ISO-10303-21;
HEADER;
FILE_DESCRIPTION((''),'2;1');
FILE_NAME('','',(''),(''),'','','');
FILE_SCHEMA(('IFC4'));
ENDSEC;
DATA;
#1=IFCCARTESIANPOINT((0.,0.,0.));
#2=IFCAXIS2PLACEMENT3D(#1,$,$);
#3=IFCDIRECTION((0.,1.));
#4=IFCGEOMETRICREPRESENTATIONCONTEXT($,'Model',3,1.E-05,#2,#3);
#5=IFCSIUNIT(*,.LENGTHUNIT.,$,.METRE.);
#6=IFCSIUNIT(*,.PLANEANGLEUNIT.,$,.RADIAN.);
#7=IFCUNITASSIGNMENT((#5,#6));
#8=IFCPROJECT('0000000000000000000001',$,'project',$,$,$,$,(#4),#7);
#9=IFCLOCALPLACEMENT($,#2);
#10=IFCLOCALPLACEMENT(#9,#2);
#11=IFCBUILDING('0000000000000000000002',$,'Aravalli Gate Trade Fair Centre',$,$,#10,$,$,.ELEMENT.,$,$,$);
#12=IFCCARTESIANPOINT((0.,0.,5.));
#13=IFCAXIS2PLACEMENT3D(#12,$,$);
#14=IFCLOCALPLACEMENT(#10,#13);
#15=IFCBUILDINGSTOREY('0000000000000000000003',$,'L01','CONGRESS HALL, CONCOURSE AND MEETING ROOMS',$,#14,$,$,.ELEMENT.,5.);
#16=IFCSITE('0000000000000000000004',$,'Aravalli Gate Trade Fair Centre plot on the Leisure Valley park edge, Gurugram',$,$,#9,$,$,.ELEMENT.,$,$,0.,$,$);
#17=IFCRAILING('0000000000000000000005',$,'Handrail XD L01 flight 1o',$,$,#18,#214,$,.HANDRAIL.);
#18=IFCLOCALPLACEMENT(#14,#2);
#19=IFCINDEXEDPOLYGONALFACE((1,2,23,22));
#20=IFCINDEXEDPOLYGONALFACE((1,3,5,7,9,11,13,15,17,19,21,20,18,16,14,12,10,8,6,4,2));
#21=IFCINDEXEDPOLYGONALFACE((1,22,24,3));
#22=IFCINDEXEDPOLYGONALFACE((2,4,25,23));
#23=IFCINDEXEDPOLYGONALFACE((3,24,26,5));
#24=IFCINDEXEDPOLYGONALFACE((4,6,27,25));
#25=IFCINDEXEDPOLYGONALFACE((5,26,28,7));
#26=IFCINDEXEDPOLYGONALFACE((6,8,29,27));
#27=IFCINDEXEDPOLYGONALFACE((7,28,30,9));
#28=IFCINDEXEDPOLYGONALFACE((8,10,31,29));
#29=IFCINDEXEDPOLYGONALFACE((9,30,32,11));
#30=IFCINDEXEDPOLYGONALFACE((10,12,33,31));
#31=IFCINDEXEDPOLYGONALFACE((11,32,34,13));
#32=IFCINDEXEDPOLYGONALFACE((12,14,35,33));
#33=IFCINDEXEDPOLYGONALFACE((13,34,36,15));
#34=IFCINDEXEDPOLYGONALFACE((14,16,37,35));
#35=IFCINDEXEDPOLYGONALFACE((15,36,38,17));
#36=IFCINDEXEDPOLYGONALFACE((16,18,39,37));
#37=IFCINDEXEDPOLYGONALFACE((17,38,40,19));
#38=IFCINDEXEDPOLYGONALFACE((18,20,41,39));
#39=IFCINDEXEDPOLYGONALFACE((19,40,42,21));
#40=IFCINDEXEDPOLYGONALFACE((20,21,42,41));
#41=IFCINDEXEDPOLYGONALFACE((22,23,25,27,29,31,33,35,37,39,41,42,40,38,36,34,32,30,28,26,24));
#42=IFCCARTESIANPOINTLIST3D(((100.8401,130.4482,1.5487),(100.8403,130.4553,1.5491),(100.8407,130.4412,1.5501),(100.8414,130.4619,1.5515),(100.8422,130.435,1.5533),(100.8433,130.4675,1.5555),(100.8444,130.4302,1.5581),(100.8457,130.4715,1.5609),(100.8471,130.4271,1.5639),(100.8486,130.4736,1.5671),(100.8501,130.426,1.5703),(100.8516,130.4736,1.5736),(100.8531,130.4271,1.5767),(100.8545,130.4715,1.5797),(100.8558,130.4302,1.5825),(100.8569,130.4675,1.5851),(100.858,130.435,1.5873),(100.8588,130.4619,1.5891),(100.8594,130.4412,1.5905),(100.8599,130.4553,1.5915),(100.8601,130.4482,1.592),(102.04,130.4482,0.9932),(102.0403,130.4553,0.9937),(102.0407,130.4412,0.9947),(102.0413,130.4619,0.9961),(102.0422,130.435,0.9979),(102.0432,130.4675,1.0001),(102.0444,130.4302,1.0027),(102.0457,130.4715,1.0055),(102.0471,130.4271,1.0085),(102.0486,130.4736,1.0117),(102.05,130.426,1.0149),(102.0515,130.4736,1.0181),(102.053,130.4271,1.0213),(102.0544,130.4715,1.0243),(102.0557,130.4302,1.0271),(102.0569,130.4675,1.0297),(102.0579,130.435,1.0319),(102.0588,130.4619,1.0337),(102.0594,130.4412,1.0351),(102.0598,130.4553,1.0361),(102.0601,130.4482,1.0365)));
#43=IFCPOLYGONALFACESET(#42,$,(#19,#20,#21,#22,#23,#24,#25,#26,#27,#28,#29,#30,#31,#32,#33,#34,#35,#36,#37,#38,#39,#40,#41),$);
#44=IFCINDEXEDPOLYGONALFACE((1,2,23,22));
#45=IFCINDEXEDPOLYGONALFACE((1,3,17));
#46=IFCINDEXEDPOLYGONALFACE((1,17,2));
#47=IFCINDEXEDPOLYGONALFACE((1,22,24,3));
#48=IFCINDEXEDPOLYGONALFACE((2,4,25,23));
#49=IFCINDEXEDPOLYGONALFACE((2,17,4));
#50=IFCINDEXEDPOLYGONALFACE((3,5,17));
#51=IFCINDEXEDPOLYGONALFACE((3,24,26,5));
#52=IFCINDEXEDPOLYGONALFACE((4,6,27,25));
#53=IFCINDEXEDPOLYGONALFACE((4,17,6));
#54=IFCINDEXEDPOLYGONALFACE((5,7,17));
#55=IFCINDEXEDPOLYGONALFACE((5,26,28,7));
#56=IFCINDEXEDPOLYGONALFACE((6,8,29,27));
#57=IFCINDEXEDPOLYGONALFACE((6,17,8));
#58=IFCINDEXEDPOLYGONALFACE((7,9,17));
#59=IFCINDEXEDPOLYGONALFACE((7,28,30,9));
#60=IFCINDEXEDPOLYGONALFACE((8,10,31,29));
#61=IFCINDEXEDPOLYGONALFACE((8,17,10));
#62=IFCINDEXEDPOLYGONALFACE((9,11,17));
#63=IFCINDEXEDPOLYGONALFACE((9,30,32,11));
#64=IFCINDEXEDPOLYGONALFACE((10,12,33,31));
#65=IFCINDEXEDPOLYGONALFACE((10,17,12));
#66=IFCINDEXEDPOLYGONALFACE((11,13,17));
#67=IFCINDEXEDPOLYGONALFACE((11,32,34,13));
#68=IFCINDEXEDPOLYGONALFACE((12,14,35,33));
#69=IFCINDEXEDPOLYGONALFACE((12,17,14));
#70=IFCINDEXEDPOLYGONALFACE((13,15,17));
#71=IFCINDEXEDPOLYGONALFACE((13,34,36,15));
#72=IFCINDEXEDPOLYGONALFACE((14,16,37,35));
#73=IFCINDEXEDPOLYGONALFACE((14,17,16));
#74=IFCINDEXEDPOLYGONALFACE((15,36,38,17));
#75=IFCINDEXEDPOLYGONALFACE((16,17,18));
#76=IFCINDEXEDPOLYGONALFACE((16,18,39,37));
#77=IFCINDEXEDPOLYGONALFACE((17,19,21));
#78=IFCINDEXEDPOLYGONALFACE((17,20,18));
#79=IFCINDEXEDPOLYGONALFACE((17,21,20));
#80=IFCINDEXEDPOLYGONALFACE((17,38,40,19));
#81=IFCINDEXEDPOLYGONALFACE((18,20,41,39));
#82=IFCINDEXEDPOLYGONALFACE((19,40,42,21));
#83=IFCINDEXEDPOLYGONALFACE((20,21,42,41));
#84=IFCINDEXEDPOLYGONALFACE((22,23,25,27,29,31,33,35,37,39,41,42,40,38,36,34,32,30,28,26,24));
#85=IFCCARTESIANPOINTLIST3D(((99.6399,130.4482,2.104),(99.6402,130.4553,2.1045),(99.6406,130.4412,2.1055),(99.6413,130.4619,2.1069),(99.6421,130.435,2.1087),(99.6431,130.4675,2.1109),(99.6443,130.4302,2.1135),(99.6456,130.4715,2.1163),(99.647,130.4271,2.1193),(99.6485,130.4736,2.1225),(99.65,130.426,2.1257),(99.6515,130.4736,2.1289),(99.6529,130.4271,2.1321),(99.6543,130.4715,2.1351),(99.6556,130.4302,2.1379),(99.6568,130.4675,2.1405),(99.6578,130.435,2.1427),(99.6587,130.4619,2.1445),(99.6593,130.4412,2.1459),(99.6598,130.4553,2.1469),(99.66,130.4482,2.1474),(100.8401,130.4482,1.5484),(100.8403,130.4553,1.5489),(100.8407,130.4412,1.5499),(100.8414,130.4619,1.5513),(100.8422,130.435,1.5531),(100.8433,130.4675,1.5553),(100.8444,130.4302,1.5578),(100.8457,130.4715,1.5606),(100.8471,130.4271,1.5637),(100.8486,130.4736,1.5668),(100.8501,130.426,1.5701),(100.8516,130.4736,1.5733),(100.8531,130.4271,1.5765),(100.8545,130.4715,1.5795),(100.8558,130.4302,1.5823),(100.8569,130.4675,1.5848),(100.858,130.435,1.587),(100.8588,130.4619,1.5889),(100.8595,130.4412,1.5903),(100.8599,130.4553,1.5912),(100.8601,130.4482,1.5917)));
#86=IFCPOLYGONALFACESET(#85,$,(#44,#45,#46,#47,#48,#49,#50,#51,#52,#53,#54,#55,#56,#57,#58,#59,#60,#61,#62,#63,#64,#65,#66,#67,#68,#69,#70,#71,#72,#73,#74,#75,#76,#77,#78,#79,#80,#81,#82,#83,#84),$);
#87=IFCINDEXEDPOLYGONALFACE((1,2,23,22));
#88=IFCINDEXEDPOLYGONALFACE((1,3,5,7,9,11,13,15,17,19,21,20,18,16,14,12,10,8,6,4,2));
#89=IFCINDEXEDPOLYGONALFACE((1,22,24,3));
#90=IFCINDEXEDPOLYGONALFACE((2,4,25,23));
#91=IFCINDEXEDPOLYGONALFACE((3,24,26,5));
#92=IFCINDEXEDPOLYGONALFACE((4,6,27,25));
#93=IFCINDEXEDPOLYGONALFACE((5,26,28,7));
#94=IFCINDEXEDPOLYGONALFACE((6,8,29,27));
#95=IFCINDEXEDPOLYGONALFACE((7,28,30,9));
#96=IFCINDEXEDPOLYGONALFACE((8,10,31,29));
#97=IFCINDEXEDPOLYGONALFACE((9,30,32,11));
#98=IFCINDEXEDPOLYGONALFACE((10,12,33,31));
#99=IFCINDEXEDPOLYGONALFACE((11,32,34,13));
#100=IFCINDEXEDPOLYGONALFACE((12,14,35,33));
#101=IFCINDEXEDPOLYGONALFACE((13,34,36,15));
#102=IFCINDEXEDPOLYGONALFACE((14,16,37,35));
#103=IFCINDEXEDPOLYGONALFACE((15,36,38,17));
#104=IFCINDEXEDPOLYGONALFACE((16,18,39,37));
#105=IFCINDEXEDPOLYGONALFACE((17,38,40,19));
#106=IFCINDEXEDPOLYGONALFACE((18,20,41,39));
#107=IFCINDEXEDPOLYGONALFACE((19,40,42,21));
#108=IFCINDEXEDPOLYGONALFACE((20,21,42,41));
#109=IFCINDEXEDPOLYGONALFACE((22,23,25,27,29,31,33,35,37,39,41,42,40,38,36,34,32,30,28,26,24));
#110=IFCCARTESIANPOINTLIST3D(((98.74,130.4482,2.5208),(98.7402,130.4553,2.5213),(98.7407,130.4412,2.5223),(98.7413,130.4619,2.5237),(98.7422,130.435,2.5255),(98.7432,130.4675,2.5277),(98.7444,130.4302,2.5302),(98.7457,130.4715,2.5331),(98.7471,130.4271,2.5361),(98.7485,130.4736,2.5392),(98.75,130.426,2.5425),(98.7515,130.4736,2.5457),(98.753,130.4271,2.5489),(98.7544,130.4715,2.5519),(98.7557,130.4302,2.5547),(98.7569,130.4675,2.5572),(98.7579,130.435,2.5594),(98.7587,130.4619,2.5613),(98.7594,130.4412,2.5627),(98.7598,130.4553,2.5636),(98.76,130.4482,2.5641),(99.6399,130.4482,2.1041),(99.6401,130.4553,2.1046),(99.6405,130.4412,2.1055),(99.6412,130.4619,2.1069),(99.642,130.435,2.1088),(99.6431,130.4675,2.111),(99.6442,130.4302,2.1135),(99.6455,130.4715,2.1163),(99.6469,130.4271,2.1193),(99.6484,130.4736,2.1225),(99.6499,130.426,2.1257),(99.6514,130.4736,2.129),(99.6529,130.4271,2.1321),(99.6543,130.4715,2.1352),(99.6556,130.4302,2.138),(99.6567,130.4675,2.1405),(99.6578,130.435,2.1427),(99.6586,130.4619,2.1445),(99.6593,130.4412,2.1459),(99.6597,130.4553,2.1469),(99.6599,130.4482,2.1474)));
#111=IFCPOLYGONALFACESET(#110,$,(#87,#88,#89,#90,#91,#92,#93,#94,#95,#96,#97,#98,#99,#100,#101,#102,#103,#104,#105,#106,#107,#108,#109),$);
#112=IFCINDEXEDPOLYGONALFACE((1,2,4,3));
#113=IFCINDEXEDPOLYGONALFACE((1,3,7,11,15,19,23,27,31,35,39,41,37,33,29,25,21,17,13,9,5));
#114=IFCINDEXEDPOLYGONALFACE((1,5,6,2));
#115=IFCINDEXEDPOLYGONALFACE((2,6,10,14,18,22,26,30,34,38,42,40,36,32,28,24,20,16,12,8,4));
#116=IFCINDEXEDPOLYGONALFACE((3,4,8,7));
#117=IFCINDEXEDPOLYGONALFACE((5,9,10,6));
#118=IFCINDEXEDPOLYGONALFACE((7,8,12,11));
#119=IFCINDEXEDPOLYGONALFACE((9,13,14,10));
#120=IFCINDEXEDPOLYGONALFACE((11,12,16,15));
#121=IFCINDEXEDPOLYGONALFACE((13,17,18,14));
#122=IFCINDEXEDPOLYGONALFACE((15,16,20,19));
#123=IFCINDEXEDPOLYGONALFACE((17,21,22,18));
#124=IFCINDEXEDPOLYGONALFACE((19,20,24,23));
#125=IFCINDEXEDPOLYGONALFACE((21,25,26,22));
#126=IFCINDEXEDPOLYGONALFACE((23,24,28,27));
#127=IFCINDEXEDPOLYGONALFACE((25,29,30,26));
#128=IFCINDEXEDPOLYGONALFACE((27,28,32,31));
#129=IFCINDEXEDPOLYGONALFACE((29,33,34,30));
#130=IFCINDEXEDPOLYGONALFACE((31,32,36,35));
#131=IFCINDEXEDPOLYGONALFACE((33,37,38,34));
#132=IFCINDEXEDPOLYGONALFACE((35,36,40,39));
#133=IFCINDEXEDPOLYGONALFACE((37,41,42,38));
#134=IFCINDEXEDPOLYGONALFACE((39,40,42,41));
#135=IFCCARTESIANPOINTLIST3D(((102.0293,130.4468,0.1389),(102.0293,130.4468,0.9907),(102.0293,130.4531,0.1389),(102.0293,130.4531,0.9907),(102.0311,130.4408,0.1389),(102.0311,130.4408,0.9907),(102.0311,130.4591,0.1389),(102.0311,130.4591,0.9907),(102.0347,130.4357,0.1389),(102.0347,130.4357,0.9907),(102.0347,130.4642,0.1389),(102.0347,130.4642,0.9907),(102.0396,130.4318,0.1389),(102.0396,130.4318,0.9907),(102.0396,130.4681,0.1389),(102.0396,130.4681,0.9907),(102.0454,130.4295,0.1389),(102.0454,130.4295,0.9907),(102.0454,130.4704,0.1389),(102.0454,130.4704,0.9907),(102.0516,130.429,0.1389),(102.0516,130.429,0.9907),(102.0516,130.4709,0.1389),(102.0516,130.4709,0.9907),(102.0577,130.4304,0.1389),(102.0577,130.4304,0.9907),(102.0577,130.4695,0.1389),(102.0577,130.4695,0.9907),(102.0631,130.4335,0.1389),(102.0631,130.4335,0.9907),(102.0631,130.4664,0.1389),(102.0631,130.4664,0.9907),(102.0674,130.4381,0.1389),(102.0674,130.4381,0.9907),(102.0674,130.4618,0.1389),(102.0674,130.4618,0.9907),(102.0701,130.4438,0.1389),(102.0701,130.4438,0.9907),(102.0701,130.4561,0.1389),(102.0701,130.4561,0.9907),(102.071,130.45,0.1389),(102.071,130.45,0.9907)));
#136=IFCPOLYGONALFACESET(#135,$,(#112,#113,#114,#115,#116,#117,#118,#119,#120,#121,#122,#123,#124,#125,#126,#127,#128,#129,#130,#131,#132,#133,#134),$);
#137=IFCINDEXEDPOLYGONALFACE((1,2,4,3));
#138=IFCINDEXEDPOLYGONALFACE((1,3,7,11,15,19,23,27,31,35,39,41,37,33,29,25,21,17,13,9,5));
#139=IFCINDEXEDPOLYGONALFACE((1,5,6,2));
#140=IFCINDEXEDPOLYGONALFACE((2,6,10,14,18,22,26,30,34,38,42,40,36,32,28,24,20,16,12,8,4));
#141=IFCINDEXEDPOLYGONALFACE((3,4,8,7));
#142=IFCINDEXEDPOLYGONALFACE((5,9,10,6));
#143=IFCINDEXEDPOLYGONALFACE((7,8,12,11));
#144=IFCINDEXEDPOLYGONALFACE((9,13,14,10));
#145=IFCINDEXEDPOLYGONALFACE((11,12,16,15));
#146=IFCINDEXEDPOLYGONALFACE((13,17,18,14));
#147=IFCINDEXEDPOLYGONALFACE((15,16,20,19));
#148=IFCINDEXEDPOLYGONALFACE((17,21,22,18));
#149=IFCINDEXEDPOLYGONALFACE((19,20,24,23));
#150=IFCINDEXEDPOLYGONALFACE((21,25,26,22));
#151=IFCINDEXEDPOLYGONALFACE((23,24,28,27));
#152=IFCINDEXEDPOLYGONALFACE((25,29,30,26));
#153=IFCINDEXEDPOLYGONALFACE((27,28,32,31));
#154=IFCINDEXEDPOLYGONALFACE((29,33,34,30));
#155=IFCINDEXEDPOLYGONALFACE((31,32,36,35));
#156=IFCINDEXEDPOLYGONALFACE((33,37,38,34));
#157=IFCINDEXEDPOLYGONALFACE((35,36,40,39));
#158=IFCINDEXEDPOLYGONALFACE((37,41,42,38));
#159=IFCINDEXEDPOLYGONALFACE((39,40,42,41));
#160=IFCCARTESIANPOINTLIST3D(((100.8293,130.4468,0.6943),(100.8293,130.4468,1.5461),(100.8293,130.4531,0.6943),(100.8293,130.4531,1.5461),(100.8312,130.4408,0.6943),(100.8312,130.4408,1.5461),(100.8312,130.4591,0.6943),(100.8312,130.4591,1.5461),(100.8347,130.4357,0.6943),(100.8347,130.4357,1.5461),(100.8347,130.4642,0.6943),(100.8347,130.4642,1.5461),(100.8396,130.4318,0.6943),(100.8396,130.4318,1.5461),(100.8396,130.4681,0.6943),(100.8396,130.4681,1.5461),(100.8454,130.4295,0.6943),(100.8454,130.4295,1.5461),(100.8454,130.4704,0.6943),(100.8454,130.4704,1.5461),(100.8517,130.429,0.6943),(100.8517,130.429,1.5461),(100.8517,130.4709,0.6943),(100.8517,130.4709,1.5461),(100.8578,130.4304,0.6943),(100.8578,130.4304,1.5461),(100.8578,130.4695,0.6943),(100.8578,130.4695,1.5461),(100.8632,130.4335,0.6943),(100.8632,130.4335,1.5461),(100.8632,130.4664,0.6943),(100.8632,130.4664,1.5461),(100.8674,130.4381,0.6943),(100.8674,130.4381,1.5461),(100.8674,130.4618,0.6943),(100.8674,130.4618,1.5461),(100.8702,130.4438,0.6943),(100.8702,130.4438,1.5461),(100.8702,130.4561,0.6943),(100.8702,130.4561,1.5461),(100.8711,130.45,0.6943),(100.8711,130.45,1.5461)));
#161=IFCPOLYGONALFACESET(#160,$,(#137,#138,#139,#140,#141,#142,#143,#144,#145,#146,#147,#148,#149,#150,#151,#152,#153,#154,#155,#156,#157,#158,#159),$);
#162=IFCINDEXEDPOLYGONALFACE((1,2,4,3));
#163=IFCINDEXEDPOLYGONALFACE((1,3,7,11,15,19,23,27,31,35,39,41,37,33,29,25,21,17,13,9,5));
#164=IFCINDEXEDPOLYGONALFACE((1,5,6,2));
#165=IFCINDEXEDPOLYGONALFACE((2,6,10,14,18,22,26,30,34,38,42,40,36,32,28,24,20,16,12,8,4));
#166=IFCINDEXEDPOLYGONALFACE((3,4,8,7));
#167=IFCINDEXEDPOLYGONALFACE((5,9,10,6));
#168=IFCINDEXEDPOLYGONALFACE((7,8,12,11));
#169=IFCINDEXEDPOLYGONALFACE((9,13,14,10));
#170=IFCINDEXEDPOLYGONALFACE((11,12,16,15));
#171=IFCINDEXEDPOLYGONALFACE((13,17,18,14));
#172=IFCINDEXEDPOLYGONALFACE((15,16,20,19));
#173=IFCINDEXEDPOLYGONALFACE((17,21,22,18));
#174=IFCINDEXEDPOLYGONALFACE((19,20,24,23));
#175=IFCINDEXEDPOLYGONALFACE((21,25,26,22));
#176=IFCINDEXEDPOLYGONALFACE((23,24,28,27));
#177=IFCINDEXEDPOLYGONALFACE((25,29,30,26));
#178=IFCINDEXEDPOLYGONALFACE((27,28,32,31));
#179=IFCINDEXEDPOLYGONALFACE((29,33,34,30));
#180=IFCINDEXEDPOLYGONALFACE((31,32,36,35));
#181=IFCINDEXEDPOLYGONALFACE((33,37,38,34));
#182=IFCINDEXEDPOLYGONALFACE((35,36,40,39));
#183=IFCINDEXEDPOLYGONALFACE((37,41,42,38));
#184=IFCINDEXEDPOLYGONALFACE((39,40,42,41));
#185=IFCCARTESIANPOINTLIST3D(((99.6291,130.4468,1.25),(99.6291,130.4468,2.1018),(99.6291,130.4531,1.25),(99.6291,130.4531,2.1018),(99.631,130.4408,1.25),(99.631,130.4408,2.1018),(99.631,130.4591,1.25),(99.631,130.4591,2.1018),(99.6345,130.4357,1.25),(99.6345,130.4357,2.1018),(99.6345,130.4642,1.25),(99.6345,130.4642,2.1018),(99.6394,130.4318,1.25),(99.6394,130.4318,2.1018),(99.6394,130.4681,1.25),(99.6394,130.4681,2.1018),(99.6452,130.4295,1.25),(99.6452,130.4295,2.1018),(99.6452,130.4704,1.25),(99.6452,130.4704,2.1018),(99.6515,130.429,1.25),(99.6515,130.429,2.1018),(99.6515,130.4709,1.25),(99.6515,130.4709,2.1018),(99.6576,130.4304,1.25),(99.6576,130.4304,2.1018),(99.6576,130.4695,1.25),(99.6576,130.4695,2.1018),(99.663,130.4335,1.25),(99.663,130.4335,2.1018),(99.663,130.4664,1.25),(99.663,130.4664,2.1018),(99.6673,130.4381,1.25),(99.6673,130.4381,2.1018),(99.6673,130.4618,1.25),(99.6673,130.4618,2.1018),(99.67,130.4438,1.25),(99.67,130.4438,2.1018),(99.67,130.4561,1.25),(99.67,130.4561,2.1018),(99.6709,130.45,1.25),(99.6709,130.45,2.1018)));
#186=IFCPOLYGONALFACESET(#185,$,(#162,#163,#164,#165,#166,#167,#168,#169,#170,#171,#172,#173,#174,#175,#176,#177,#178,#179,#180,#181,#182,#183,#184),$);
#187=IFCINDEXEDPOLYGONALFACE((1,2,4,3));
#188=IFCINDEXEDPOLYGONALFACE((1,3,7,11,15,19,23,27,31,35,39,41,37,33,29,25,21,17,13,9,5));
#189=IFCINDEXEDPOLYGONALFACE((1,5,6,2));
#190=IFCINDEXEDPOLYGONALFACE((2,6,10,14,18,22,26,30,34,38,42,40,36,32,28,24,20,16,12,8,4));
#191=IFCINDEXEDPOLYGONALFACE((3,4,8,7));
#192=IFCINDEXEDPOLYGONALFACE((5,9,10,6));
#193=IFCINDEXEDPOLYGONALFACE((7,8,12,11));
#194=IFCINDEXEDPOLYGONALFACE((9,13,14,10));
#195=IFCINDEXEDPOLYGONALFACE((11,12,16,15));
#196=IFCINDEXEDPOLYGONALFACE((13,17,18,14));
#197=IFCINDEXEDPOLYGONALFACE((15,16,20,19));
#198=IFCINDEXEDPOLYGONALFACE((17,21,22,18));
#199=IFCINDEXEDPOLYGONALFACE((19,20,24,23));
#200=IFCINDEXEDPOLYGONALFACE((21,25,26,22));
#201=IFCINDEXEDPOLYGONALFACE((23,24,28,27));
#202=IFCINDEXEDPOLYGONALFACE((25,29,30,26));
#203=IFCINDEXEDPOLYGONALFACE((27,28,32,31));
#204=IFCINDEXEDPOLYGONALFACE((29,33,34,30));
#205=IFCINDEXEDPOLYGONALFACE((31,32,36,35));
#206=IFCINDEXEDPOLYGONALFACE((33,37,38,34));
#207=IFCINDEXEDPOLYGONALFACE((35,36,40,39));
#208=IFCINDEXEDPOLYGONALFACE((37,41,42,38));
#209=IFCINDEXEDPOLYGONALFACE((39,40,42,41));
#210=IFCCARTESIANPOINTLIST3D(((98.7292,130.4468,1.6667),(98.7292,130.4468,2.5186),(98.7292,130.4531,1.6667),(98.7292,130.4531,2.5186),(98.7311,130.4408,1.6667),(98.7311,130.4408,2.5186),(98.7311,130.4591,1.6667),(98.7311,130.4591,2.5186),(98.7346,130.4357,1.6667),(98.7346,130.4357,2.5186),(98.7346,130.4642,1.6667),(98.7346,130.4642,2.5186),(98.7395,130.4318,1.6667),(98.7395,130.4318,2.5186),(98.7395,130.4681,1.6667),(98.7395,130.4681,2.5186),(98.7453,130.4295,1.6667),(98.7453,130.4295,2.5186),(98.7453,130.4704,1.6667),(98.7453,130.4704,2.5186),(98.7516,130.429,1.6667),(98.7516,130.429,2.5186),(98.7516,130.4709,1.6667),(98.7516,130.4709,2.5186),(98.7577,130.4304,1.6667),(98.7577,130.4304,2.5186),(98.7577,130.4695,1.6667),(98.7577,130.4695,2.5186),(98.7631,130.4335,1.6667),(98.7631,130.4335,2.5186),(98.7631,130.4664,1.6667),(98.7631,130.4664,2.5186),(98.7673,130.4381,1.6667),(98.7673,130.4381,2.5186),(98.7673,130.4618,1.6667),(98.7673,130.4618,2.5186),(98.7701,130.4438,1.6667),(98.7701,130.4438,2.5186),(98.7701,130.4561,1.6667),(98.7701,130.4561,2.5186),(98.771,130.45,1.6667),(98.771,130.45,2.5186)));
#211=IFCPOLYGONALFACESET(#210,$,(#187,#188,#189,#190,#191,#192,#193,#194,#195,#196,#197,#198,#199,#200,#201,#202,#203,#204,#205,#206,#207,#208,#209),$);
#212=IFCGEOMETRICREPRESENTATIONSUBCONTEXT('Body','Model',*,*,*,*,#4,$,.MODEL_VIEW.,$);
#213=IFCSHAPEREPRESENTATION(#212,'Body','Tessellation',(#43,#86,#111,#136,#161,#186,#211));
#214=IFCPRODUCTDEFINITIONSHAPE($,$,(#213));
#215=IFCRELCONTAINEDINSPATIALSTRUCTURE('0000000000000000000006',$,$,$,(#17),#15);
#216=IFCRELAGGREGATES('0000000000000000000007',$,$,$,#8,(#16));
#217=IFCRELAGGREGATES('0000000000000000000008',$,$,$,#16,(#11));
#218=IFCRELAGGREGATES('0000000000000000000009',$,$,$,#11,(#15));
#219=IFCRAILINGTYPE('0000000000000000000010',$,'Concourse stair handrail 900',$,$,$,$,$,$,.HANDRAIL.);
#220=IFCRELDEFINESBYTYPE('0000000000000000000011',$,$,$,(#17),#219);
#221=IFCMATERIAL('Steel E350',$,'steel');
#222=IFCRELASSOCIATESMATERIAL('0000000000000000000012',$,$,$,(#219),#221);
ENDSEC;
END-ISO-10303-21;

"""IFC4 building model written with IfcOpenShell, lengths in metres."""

from ifc_helpers import new_model, si_unit, direction, frame, origin, origin_2d, place, context, subcontext, project, spatial, circle, extrude, material, type_object, element, save


model = new_model("IFC4")

# Units and contexts
model_context = context("Model", 3, precision=1e-05, world=origin(), true_north=direction((0.0, 1.0)))
body_context = subcontext(model_context, "Body", "Model", "MODEL_VIEW")
ifc_project = project(units=[si_unit("LENGTHUNIT", "METRE"), si_unit("PLANEANGLEUNIT", "RADIAN")], contexts=[model_context])

# Site, building, storey
site_placement = place(None, origin())
site = spatial("IfcSite", under=ifc_project, at=site_placement, Name="Aravalli Gate Trade Fair Centre plot on the Leisure Valley park edge, Gurugram", CompositionType="ELEMENT", RefElevation=0.0)
building_placement = place(site_placement, origin())
building = spatial("IfcBuilding", under=site, at=building_placement, Name="Aravalli Gate Trade Fair Centre", CompositionType="ELEMENT")
storey_placement = place(building_placement, frame((0.0, 0.0, 5.0)))
storey = spatial("IfcBuildingStorey", under=building, at=storey_placement, Name="L01", Description="CONGRESS HALL, CONCOURSE AND MEETING ROOMS", CompositionType="ELEMENT", Elevation=5.0)

# Shared definitions
ifc_material_1 = material(Name="Steel E350", Category="steel")

# Railing
railing_type_1 = type_object("IfcRailingType", Name="Concourse stair handrail 900", PredefinedType="HANDRAIL", material=ifc_material_1)
for number, where, name in (
    (1, (102.05, 130.45, 0.1389), "Handrail XD L01 flight 1o"),
):
    element("IfcRailing", number, at=place(storey_placement, frame(where)), inside=storey, type_object=railing_type_1, Name=name, PredefinedType="HANDRAIL", context=body_context, shape_type="SweptSolid", body=[
        extrude(circle(Radius=0.0239, at=origin_2d()), frame((0.0, 0.0, 0.876), z_axis=(-0.907499, 0.0, 0.420053), x_axis=(0.0, -1.0, 0.0)), (0.0, 0.0, 1.0), 1.3223),
        extrude(circle(Radius=0.0239, at=origin_2d()), frame((-1.2, 0.0, 1.4312), z_axis=(-0.907462, 0.0, 0.420135), x_axis=(0.0, -1.0, 0.0)), (0.0, 0.0, 1.0), 1.3225),
        extrude(circle(Radius=0.0239, at=origin_2d()), frame((-2.4001, 0.0, 1.9868), z_axis=(-0.907418, 0.0, 0.420229), x_axis=(0.0, -1.0, 0.0)), (0.0, 0.0, 1.0), 0.9917),
        extrude(circle(Radius=0.021, at=origin_2d()), origin(), (0.0, 0.0, 1.0), 0.8518),
        extrude(circle(Radius=0.021, at=origin_2d()), frame((-1.2, 0.0, 0.5554)), (0.0, 0.0, 1.0), 0.8518),
        extrude(circle(Radius=0.021, at=origin_2d()), frame((-2.4001, 0.0, 1.1111)), (0.0, 0.0, 1.0), 0.8518),
        extrude(circle(Radius=0.021, at=origin_2d()), frame((-3.3, 0.0, 1.5278)), (0.0, 0.0, 1.0), 0.8518),
    ])

save(model, "model.ifc")
